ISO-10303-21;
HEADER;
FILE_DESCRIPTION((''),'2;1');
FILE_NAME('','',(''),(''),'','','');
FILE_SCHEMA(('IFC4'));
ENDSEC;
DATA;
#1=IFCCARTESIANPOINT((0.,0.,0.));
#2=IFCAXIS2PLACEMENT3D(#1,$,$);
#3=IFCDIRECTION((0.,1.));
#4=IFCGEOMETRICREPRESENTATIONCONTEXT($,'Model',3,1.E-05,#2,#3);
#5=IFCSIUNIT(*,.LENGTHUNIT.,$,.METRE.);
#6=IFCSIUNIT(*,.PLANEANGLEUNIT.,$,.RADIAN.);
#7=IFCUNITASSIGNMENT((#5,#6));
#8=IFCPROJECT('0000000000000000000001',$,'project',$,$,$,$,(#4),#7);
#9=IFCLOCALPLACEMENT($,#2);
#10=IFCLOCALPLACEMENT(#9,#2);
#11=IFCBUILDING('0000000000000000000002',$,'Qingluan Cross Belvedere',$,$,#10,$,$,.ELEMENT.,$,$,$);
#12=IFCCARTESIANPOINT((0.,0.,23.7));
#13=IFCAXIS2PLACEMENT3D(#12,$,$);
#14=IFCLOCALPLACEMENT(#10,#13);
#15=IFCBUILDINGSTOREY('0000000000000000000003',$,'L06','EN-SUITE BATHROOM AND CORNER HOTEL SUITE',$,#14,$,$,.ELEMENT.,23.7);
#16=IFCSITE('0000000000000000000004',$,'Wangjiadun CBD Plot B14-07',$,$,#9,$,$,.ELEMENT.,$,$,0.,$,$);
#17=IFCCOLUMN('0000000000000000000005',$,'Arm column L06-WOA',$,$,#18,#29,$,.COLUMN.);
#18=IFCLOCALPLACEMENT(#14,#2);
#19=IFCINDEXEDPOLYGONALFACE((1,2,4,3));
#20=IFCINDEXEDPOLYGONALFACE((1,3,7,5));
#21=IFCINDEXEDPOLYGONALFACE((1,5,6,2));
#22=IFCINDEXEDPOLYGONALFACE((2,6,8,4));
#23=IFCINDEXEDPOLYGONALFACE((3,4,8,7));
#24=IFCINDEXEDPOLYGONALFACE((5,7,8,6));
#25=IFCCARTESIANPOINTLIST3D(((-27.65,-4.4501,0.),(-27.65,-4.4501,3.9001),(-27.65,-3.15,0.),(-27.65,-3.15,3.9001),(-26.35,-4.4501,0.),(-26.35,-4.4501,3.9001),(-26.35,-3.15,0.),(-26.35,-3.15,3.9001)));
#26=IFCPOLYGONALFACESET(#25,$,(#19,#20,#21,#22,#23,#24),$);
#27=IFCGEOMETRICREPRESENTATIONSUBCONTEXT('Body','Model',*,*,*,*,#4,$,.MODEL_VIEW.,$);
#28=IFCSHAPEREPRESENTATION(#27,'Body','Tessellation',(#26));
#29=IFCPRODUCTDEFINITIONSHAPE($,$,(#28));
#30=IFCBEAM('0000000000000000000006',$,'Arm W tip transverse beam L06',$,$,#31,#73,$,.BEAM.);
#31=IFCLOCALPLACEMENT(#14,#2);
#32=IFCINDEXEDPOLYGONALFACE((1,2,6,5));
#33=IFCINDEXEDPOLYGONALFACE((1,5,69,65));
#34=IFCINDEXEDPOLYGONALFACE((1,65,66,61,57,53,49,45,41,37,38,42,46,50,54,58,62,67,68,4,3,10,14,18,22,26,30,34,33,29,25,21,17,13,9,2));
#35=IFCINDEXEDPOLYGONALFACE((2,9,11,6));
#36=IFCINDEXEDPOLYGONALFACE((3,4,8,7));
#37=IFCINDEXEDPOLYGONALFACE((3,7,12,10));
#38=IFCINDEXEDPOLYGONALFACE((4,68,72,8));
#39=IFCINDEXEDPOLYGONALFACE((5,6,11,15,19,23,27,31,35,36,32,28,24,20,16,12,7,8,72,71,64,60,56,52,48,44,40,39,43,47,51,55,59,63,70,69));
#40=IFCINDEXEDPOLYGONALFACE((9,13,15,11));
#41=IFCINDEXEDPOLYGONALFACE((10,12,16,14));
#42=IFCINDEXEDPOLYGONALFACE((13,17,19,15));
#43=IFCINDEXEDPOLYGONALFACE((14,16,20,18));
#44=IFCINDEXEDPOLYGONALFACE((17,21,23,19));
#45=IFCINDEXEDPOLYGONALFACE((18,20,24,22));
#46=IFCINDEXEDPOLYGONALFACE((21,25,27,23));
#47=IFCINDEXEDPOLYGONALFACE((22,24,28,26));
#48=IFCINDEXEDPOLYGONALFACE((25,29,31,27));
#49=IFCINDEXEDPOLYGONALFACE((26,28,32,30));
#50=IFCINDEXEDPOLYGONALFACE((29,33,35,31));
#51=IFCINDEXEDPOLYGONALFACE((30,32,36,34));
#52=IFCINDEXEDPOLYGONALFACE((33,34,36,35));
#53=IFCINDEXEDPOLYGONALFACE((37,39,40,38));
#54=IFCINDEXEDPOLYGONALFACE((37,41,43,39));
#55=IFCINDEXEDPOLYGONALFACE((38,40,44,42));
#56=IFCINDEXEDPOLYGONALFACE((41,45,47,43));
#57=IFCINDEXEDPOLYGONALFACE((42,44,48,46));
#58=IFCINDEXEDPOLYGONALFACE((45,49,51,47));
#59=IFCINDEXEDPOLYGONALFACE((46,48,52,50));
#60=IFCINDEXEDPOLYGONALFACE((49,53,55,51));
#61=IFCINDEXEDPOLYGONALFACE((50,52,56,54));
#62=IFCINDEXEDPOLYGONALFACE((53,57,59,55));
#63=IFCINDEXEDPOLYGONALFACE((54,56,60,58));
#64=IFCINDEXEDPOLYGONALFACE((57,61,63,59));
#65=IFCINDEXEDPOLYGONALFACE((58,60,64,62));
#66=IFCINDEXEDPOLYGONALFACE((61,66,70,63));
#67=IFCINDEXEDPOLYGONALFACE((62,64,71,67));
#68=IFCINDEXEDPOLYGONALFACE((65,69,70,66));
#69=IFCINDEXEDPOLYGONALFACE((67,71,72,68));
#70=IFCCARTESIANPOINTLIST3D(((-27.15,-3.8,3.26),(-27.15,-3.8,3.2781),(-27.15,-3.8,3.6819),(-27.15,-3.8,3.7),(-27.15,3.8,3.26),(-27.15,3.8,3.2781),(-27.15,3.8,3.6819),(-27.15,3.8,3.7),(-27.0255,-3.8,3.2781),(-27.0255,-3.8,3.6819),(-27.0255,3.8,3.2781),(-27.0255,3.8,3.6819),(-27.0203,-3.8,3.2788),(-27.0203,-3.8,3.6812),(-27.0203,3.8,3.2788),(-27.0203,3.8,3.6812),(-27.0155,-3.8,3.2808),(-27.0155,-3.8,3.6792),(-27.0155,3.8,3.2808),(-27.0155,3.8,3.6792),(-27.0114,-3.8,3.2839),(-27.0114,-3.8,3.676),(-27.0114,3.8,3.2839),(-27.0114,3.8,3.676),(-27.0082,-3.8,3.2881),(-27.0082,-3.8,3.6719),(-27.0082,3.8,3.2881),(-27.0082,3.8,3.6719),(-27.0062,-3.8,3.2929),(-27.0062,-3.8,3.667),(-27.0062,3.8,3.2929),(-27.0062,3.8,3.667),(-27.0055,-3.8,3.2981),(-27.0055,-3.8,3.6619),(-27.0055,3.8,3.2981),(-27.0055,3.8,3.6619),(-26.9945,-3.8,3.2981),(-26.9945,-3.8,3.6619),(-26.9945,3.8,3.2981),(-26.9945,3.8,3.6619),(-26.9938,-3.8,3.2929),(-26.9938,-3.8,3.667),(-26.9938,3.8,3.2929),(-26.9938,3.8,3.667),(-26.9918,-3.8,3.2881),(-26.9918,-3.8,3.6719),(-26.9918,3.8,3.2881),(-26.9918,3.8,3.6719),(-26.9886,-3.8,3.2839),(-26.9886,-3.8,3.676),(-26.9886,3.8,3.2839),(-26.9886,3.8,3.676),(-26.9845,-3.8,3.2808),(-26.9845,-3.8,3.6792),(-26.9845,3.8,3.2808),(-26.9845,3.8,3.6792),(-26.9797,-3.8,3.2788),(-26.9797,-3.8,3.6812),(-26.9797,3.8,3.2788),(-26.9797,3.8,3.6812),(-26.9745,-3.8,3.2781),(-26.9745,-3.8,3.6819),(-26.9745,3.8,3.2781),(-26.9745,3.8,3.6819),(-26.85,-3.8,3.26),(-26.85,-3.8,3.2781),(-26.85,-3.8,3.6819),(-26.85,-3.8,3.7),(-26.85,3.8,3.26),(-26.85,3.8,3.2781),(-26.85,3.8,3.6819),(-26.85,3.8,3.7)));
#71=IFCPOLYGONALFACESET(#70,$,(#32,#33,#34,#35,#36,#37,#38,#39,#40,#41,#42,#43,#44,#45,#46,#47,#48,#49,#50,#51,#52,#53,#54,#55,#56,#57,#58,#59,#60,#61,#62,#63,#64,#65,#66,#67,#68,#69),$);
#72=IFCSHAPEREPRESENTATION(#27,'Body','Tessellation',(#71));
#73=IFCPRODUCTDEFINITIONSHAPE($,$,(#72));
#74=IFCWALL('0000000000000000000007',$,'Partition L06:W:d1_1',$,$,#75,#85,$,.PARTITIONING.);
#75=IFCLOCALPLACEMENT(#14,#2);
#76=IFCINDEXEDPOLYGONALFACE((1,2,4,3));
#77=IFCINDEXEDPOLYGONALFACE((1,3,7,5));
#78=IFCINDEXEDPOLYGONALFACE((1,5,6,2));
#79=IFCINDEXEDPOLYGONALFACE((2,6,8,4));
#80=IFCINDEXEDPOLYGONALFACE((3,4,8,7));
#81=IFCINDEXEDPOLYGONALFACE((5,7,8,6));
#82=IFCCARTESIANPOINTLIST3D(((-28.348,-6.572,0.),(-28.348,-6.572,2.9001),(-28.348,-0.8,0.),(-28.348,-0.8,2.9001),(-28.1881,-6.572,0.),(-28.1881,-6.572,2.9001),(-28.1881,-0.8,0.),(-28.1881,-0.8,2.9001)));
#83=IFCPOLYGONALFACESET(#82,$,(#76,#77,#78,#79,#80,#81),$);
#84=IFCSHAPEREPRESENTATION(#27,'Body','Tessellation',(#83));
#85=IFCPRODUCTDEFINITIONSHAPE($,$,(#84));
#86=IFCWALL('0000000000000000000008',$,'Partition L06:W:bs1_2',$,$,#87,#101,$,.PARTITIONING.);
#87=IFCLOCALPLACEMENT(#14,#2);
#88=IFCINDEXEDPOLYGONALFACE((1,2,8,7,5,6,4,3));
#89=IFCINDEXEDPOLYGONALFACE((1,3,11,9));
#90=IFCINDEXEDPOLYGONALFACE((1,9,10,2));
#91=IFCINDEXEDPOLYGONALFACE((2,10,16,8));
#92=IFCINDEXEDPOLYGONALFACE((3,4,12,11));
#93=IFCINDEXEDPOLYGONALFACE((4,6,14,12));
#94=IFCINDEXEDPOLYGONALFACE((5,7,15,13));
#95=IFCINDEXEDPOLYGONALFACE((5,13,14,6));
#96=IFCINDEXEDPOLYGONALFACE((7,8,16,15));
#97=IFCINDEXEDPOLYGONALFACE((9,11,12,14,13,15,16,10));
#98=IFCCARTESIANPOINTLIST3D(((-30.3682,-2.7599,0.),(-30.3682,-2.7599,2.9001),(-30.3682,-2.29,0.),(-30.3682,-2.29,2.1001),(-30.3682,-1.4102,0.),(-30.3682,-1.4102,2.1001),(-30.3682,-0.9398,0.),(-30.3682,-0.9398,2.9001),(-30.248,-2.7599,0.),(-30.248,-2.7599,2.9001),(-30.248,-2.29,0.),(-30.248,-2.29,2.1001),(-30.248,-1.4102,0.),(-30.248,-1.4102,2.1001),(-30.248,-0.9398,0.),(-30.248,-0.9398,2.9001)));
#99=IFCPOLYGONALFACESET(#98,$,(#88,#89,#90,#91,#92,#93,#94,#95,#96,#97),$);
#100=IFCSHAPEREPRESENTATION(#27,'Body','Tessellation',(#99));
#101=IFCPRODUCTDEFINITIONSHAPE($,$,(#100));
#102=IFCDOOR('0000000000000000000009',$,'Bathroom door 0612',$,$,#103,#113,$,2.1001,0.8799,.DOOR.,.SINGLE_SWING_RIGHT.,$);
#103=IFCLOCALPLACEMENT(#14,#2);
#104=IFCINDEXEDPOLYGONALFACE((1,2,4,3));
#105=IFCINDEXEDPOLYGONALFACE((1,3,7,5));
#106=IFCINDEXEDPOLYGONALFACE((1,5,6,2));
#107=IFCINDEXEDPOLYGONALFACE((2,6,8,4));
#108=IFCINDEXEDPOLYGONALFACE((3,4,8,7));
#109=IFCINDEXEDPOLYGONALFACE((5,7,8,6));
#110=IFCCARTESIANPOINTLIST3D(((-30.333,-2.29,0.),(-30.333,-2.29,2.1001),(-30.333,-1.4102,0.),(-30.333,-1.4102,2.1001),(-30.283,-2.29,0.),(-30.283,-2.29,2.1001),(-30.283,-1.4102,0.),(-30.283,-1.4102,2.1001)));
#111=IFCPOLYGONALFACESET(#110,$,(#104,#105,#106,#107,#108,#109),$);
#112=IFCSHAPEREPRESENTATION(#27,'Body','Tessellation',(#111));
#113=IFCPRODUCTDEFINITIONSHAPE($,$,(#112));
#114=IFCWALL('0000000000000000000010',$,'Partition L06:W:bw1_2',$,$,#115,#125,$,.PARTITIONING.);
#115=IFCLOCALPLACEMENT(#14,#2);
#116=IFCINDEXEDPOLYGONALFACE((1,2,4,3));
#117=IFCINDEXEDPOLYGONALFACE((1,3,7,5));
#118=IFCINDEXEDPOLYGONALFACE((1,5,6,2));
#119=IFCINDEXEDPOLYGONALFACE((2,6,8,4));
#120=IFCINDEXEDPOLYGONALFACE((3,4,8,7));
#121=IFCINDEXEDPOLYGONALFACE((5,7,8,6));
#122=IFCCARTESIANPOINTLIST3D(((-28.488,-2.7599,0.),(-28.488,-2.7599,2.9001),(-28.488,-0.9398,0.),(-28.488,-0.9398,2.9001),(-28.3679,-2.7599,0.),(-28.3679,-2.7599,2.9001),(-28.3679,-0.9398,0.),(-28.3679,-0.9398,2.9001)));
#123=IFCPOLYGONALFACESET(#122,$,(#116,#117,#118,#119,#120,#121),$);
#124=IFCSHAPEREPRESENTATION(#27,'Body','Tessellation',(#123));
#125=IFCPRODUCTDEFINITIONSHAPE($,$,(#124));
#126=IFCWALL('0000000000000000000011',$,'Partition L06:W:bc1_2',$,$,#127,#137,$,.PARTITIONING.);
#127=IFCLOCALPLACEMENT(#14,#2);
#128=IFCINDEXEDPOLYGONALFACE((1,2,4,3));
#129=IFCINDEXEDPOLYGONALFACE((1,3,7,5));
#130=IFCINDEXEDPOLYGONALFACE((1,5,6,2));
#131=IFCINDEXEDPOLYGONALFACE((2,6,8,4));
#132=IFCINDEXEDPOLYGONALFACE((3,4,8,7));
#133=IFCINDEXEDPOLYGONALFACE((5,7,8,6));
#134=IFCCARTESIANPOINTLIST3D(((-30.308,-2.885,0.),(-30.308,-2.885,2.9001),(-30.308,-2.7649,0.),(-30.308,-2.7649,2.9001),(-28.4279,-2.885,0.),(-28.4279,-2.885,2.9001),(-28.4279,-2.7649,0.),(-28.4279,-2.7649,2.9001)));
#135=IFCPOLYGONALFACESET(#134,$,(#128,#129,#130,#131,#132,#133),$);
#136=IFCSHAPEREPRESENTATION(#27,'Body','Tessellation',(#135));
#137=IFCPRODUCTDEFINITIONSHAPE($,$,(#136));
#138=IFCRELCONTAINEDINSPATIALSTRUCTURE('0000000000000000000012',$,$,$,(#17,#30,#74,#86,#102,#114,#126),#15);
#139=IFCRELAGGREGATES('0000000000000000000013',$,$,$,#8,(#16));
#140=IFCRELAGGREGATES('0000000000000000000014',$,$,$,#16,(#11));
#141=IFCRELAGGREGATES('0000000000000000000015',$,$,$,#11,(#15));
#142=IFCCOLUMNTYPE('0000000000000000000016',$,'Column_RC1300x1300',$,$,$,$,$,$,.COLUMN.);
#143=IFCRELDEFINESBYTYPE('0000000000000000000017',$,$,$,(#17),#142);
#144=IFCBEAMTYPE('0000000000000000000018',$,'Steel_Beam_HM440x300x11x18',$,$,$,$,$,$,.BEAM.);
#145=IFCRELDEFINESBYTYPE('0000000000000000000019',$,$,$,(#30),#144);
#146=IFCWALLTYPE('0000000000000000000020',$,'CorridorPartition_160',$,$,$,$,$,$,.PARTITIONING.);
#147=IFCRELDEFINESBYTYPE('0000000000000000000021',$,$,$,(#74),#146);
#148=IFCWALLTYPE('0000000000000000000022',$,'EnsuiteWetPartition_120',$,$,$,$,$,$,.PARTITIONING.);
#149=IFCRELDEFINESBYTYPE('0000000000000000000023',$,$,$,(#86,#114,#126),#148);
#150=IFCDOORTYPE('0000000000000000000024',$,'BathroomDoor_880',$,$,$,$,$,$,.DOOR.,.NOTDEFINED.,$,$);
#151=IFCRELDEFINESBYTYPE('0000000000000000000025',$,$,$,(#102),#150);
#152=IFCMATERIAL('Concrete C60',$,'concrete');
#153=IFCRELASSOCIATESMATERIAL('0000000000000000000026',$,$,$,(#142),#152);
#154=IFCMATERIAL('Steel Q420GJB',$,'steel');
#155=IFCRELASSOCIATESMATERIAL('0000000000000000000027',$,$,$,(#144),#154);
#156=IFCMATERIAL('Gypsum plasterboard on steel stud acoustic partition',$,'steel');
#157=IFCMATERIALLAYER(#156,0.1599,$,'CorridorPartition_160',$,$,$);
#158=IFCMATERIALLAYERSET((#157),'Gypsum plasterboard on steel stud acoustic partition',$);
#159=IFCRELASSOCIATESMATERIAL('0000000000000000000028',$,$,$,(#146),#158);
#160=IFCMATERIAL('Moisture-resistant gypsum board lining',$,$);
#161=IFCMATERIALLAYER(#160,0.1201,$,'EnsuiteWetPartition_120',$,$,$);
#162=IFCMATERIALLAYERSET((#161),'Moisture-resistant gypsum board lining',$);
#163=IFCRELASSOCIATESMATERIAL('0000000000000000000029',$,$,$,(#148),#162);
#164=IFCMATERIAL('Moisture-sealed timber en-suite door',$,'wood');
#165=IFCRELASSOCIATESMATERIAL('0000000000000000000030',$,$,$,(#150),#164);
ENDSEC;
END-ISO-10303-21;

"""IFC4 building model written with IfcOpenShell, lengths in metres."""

from ifc_helpers import new_model, si_unit, direction, frame, frame_2d, origin, origin_2d, place, context, subcontext, project, spatial, rectangle, i_section, extrude, material, layer, layer_set, material_profile, profile_set, type_object, element, fill, save


model = new_model("IFC4")

# Units and contexts
model_context = context("Model", 3, precision=1e-05, world=origin(), true_north=direction((0.0, 1.0)))
body_context = subcontext(model_context, "Body", "Model", "MODEL_VIEW")
ifc_project = project(units=[si_unit("LENGTHUNIT", "METRE"), si_unit("PLANEANGLEUNIT", "RADIAN")], contexts=[model_context])

# Site, building, storey
site_placement = place(None, origin())
site = spatial("IfcSite", under=ifc_project, at=site_placement, Name="Wangjiadun CBD Plot B14-07", CompositionType="ELEMENT", RefElevation=0.0)
building_placement = place(site_placement, origin())
building = spatial("IfcBuilding", under=site, at=building_placement, Name="Qingluan Cross Belvedere", CompositionType="ELEMENT")
storey_placement = place(building_placement, frame((0.0, 0.0, 23.7)))
storey = spatial("IfcBuildingStorey", under=building, at=storey_placement, Name="L06", Description="EN-SUITE BATHROOM AND CORNER HOTEL SUITE", CompositionType="ELEMENT", Elevation=23.7)

# Column
ifc_material_1 = material(Name="Concrete C60", Category="concrete")
ifc_material_profile_1 = material_profile(ifc_material_1, rectangle(XDim=1.3, YDim=1.3, at=origin_2d()), Name="RC1300x1300")
ifc_profile_set_1 = profile_set([ifc_material_profile_1], Name="Concrete C60")
column_type = type_object("IfcColumnType", Name="Column_RC1300x1300", PredefinedType="COLUMN", material=ifc_profile_set_1)
column_placement = place(storey_placement, frame((-27.0, -3.8, 0.0), z_axis=(0.0, 0.0, 1.0), x_axis=(1.0, 0.0, 0.0)))
element("IfcColumn", 1, at=column_placement, inside=storey, type_object=column_type, Name="Arm column L06-WOA", PredefinedType="COLUMN", context=body_context, shape_type="SweptSolid", body=[
    extrude(rectangle(XDim=1.3, YDim=1.3, at=origin_2d()), origin(), (0.0, 0.0, 1.0), 3.9001),
])

# Beam
ifc_material_2 = material(Name="Steel Q420GJB", Category="steel")
ifc_material_profile_2 = material_profile(ifc_material_2, i_section(OverallWidth=0.3, OverallDepth=0.4399, WebThickness=0.011, FlangeThickness=0.0181, FilletRadius=0.02, at=origin_2d()), Name="HM440x300x11x18")
ifc_profile_set_2 = profile_set([ifc_material_profile_2], Name="Steel Q420GJB")
beam_type = type_object("IfcBeamType", Name="Steel_Beam_HM440x300x11x18", PredefinedType="BEAM", material=ifc_profile_set_2)
beam_placement = place(storey_placement, frame((-27.0, -3.8, 3.48), z_axis=(0.0, 1.0, 0.0), x_axis=(-1.0, 0.0, 0.0)))
element("IfcBeam", 2, at=beam_placement, inside=storey, type_object=beam_type, Name="Arm W tip transverse beam L06", PredefinedType="BEAM", context=body_context, shape_type="SweptSolid", body=[
    extrude(i_section(OverallWidth=0.3, OverallDepth=0.4399, WebThickness=0.011, FlangeThickness=0.0181, FilletRadius=0.02, at=origin_2d()), origin(), (0.0, 0.0, 1.0), 7.6001),
])

# Wall
ifc_material_3 = material(Name="Gypsum plasterboard on steel stud acoustic partition", Category="steel")
ifc_layer_1 = layer(ifc_material_3, 0.1599, Name="CorridorPartition_160")
ifc_layer_set_1 = layer_set([ifc_layer_1], Name="Gypsum plasterboard on steel stud acoustic partition")
wall_type_1 = type_object("IfcWallType", Name="CorridorPartition_160", PredefinedType="PARTITIONING", material=ifc_layer_set_1)
wall_1_placement = place(storey_placement, frame((-28.2681, -0.8, 0.0), z_axis=(0.0, 0.0, 1.0), x_axis=(0.0, -1.0, 0.0)))
element("IfcWall", 3, at=wall_1_placement, inside=storey, type_object=wall_type_1, Name="Partition L06:W:d1_1", PredefinedType="PARTITIONING", context=body_context, shape_type="SweptSolid", body=[
    extrude(rectangle(XDim=5.772, YDim=0.1599, at=frame_2d((2.886, 0.0))), origin(), (0.0, 0.0, 1.0), 2.9001),
])

# Wall, opening, door
ifc_material_4 = material(Name="Moisture-resistant gypsum board lining")
ifc_layer_2 = layer(ifc_material_4, 0.1201, Name="EnsuiteWetPartition_120")
ifc_layer_set_2 = layer_set([ifc_layer_2], Name="Moisture-resistant gypsum board lining")
wall_type_2 = type_object("IfcWallType", Name="EnsuiteWetPartition_120", PredefinedType="PARTITIONING", material=ifc_layer_set_2)
wall_2_placement = place(storey_placement, frame((-30.3081, -2.76, 0.0), z_axis=(0.0, 0.0, 1.0), x_axis=(0.0, 1.0, 0.0)))
wall_2 = element("IfcWall", 4, at=wall_2_placement, inside=storey, type_object=wall_type_2, Name="Partition L06:W:bs1_2", PredefinedType="PARTITIONING", context=body_context, shape_type="SweptSolid", body=[
    extrude(rectangle(XDim=1.8201, YDim=0.1201, at=frame_2d((0.9102, 0.0))), origin(), (0.0, 0.0, 1.0), 2.9001),
])
opening_1_placement = place(wall_2_placement, frame((0.47, 0.0, 0.0)))
opening_1 = element("IfcOpeningElement", 5, at=opening_1_placement, cuts=wall_2, PredefinedType="OPENING", context=body_context, shape_type="SweptSolid", body=[
    extrude(rectangle(XDim=0.8799, YDim=2.1001, at=frame_2d((0.4399, 1.05))), frame((0.0, 0.0701, 0.0), z_axis=(0.0, -1.0, 0.0), x_axis=(1.0, 0.0, 0.0)), (0.0, 0.0, 1.0), 0.1401),
])
ifc_material_5 = material(Name="Moisture-sealed timber en-suite door", Category="wood")
door_type_1 = type_object("IfcDoorType", Name="BathroomDoor_880", OperationType="NOTDEFINED", PredefinedType="DOOR", material=ifc_material_5)
door_1_placement = place(opening_1_placement, origin())
door_1 = element("IfcDoor", 6, at=door_1_placement, inside=storey, type_object=door_type_1, Name="Bathroom door 0612", OperationType="SINGLE_SWING_RIGHT", OverallHeight=2.1001, OverallWidth=0.8799, PredefinedType="DOOR", context=body_context, shape_type="SweptSolid", body=[
    extrude(rectangle(XDim=0.8799, YDim=2.1001, at=frame_2d((0.4399, 1.05))), frame((0.0, 0.0249, 0.0), z_axis=(0.0, -1.0, 0.0), x_axis=(1.0, 0.0, 0.0)), (0.0, 0.0, 1.0), 0.05),
])
fill(opening_1, door_1)

# Walls
wall_3_placement = place(storey_placement, frame((-28.428, -2.76, 0.0), z_axis=(0.0, 0.0, 1.0), x_axis=(0.0, 1.0, 0.0)))
element("IfcWall", 7, at=wall_3_placement, inside=storey, type_object=wall_type_2, Name="Partition L06:W:bw1_2", PredefinedType="PARTITIONING", context=body_context, shape_type="SweptSolid", body=[
    extrude(rectangle(XDim=1.8201, YDim=0.1201, at=frame_2d((0.9102, 0.0))), origin(), (0.0, 0.0, 1.0), 2.9001),
])
wall_4_placement = place(storey_placement, frame((-28.428, -2.825, 0.0), z_axis=(0.0, 0.0, 1.0), x_axis=(-1.0, 0.0, 0.0)))
element("IfcWall", 8, at=wall_4_placement, inside=storey, type_object=wall_type_2, Name="Partition L06:W:bc1_2", PredefinedType="PARTITIONING", context=body_context, shape_type="SweptSolid", body=[
    extrude(rectangle(XDim=1.8801, YDim=0.1201, at=frame_2d((0.9399, 0.0))), origin(), (0.0, 0.0, 1.0), 2.9001),
])

save(model, "model.ifc")
